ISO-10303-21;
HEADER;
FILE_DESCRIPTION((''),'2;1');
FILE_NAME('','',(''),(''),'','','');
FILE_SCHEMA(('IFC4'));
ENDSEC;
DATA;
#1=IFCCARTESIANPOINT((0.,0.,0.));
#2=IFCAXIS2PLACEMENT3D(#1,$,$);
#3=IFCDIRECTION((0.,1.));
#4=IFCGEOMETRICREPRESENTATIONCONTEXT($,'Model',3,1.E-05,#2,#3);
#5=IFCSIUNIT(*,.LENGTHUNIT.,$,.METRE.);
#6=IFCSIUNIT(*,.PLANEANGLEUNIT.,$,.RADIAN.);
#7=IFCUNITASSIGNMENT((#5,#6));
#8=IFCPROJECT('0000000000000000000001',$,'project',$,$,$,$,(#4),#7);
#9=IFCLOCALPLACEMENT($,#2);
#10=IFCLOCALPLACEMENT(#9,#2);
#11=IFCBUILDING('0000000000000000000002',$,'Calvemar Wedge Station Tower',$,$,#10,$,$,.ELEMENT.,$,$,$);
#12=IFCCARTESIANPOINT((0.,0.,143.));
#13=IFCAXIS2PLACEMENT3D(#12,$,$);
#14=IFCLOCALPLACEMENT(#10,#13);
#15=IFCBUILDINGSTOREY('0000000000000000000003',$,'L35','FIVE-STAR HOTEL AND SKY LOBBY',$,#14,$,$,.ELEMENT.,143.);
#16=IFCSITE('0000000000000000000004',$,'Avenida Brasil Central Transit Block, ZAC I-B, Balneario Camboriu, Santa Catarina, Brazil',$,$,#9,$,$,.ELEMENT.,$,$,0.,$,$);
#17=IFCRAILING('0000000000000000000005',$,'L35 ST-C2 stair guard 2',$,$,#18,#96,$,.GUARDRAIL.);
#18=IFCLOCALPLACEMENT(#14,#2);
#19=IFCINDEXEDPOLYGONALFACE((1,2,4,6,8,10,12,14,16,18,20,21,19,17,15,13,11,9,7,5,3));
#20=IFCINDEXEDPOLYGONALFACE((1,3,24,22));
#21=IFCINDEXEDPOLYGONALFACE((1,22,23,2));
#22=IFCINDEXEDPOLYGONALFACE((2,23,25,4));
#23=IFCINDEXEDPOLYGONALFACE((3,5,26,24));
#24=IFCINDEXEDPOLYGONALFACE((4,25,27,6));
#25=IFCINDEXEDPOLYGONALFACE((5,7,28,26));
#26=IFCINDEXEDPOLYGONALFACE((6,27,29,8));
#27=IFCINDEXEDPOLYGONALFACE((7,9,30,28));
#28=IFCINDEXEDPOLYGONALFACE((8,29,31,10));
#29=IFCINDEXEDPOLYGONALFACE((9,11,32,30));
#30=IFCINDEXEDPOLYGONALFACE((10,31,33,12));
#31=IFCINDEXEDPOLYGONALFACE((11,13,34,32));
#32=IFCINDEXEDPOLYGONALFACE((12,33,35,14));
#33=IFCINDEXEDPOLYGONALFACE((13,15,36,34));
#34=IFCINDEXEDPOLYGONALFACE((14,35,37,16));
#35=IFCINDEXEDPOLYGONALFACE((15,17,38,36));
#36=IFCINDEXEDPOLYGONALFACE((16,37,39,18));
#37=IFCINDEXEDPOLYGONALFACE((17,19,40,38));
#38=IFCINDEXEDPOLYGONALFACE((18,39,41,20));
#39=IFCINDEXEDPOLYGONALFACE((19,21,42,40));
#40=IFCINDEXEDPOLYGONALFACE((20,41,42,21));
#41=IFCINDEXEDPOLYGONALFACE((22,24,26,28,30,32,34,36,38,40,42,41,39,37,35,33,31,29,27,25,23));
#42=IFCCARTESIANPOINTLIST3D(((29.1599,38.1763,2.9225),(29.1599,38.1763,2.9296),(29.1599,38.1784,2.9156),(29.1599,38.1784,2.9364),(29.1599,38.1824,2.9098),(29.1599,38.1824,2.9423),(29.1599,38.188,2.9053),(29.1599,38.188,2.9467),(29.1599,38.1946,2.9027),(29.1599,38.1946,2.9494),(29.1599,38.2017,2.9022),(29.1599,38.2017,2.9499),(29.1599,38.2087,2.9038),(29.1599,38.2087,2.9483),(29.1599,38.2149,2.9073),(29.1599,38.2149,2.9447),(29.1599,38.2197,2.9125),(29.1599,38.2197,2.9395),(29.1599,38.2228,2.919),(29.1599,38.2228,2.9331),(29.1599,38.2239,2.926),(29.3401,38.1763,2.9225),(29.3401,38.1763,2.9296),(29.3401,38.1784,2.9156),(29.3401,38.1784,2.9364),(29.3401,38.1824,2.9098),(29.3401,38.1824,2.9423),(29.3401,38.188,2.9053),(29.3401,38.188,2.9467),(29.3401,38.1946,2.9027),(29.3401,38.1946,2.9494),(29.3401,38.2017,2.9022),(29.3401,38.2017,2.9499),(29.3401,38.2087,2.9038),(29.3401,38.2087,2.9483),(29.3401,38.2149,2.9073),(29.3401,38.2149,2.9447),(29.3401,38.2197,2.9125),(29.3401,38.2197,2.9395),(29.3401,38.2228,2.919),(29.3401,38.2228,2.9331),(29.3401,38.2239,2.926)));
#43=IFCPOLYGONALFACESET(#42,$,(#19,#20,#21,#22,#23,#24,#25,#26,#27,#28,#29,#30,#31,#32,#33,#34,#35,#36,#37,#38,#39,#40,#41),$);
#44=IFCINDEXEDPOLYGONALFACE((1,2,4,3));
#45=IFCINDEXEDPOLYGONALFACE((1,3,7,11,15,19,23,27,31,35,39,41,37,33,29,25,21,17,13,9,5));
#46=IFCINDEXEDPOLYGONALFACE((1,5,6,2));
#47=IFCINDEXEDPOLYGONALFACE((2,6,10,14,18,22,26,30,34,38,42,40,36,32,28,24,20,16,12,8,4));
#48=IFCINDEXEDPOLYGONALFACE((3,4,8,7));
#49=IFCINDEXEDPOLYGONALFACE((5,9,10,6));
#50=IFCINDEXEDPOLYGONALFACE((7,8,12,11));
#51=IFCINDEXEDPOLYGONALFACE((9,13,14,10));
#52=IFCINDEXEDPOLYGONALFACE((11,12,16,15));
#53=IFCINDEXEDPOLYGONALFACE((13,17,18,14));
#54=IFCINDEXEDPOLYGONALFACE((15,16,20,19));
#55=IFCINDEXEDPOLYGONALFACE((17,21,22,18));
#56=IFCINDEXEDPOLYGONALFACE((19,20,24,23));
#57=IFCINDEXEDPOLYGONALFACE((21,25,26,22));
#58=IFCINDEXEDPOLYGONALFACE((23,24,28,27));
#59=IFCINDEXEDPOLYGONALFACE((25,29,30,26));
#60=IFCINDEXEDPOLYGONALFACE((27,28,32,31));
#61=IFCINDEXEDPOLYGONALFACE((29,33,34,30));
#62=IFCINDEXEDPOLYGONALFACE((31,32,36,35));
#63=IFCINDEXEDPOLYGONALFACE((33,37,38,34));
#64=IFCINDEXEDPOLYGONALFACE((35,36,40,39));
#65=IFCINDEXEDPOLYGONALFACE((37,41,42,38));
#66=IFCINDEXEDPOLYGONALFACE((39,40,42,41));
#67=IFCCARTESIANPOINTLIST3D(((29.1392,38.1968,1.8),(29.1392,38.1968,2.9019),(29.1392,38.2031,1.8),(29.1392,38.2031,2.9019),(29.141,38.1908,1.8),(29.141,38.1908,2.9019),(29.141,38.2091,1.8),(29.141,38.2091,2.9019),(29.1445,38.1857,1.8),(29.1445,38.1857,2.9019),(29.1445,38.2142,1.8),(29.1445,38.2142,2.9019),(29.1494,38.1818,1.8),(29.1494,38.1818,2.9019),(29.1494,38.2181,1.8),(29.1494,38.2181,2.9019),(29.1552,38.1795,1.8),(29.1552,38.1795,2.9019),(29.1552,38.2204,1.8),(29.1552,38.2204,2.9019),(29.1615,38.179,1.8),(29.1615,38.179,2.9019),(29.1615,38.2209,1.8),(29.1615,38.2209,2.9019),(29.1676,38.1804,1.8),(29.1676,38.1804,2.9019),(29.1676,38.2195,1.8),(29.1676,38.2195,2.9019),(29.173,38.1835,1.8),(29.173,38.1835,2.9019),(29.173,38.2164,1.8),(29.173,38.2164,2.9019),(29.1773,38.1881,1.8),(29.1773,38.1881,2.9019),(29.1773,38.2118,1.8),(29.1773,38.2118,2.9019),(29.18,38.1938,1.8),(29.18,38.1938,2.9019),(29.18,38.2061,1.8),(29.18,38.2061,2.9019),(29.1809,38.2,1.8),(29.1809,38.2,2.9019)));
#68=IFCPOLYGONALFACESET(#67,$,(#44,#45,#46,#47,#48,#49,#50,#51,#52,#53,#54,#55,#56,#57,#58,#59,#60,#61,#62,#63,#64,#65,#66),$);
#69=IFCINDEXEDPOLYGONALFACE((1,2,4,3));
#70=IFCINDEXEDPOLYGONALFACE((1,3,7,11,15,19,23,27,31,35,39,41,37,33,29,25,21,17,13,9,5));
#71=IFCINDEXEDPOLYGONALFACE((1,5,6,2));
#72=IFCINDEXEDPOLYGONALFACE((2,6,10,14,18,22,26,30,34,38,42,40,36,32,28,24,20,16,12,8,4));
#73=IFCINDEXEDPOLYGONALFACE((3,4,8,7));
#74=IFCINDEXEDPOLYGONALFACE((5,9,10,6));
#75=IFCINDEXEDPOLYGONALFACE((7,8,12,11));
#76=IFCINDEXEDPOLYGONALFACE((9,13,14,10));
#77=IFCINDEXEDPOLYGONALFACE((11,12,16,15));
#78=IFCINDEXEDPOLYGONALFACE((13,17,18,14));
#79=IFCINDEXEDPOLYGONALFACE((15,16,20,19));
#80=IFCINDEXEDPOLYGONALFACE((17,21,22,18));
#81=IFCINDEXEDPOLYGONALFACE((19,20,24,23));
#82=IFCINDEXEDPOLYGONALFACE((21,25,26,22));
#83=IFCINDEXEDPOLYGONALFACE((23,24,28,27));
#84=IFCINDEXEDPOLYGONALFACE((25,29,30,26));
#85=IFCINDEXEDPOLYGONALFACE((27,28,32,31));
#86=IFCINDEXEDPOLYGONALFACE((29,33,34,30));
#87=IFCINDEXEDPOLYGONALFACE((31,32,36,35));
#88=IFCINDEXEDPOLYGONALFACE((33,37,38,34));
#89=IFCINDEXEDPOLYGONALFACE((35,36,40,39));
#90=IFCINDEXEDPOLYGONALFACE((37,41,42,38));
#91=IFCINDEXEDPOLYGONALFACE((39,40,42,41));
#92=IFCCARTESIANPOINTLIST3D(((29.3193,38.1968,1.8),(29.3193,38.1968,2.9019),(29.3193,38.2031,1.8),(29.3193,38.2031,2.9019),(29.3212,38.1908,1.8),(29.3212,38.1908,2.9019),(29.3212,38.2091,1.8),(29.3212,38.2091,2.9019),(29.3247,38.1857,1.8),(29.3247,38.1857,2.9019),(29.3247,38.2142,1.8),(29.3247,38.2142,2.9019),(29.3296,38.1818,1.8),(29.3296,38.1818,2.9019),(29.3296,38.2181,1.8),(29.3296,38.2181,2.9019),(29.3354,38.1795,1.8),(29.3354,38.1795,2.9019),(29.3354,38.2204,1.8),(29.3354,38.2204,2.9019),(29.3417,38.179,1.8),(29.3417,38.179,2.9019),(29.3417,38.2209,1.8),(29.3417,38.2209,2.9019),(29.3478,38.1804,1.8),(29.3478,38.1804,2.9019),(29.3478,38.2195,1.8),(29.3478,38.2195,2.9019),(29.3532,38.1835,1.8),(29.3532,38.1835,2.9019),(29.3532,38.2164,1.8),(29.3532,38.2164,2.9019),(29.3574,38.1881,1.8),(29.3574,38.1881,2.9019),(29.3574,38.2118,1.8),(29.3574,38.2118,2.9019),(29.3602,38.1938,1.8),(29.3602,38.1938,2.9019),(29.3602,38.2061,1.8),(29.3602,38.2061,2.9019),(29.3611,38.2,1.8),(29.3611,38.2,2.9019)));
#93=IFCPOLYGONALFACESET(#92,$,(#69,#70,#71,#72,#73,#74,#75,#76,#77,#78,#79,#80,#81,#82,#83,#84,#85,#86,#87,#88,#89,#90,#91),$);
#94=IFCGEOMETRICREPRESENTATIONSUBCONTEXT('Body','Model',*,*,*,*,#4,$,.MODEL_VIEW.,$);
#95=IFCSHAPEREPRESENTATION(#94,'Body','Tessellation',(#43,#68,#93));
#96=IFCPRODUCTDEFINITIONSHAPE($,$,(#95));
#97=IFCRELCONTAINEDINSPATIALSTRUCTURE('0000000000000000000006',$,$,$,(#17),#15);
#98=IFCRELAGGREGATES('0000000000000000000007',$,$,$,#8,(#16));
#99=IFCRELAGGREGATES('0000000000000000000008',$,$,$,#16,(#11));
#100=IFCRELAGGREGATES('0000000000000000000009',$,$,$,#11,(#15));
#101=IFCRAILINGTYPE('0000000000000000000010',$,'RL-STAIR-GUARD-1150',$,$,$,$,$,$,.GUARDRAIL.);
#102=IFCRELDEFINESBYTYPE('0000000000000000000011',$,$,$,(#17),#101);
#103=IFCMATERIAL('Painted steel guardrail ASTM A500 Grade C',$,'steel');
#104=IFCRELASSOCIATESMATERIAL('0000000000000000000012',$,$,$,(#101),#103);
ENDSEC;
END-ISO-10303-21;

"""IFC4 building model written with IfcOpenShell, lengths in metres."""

from ifc_helpers import new_model, si_unit, direction, frame, origin, origin_2d, place, context, subcontext, project, spatial, circle, extrude, material, type_object, element, save


model = new_model("IFC4")

# Units and contexts
model_context = context("Model", 3, precision=1e-05, world=origin(), true_north=direction((0.0, 1.0)))
body_context = subcontext(model_context, "Body", "Model", "MODEL_VIEW")
ifc_project = project(units=[si_unit("LENGTHUNIT", "METRE"), si_unit("PLANEANGLEUNIT", "RADIAN")], contexts=[model_context])

# Site, building, storey
site_placement = place(None, origin())
site = spatial("IfcSite", under=ifc_project, at=site_placement, Name="Avenida Brasil Central Transit Block, ZAC I-B, Balneario Camboriu, Santa Catarina, Brazil", CompositionType="ELEMENT", RefElevation=0.0)
building_placement = place(site_placement, origin())
building = spatial("IfcBuilding", under=site, at=building_placement, Name="Calvemar Wedge Station Tower", CompositionType="ELEMENT")
storey_placement = place(building_placement, frame((0.0, 0.0, 143.0)))
storey = spatial("IfcBuildingStorey", under=building, at=storey_placement, Name="L35", Description="FIVE-STAR HOTEL AND SKY LOBBY", CompositionType="ELEMENT", Elevation=143.0)

# Railing
ifc_material_1 = material(Name="Painted steel guardrail ASTM A500 Grade C", Category="steel")
railing_type_1 = type_object("IfcRailingType", Name="RL-STAIR-GUARD-1150", PredefinedType="GUARDRAIL", material=ifc_material_1)
railing_1_placement = place(storey_placement, frame((29.1599, 38.2, 1.8)))
element("IfcRailing", 1, at=railing_1_placement, inside=storey, type_object=railing_type_1, Name="L35 ST-C2 stair guard 2", PredefinedType="GUARDRAIL", context=body_context, shape_type="SweptSolid", body=[
    extrude(circle(Radius=0.0239, at=origin_2d()), frame((0.0, 0.0, 1.126), z_axis=(1.0, 0.0, 0.0), x_axis=(0.0, 1.0, 0.0)), (0.0, 0.0, 1.0), 0.1802),
    extrude(circle(Radius=0.021, at=origin_2d()), origin(), (0.0, 0.0, 1.0), 1.1018),
    extrude(circle(Radius=0.021, at=origin_2d()), frame((0.1802, 0.0, 0.0)), (0.0, 0.0, 1.0), 1.1018),
])

save(model, "model.ifc")
